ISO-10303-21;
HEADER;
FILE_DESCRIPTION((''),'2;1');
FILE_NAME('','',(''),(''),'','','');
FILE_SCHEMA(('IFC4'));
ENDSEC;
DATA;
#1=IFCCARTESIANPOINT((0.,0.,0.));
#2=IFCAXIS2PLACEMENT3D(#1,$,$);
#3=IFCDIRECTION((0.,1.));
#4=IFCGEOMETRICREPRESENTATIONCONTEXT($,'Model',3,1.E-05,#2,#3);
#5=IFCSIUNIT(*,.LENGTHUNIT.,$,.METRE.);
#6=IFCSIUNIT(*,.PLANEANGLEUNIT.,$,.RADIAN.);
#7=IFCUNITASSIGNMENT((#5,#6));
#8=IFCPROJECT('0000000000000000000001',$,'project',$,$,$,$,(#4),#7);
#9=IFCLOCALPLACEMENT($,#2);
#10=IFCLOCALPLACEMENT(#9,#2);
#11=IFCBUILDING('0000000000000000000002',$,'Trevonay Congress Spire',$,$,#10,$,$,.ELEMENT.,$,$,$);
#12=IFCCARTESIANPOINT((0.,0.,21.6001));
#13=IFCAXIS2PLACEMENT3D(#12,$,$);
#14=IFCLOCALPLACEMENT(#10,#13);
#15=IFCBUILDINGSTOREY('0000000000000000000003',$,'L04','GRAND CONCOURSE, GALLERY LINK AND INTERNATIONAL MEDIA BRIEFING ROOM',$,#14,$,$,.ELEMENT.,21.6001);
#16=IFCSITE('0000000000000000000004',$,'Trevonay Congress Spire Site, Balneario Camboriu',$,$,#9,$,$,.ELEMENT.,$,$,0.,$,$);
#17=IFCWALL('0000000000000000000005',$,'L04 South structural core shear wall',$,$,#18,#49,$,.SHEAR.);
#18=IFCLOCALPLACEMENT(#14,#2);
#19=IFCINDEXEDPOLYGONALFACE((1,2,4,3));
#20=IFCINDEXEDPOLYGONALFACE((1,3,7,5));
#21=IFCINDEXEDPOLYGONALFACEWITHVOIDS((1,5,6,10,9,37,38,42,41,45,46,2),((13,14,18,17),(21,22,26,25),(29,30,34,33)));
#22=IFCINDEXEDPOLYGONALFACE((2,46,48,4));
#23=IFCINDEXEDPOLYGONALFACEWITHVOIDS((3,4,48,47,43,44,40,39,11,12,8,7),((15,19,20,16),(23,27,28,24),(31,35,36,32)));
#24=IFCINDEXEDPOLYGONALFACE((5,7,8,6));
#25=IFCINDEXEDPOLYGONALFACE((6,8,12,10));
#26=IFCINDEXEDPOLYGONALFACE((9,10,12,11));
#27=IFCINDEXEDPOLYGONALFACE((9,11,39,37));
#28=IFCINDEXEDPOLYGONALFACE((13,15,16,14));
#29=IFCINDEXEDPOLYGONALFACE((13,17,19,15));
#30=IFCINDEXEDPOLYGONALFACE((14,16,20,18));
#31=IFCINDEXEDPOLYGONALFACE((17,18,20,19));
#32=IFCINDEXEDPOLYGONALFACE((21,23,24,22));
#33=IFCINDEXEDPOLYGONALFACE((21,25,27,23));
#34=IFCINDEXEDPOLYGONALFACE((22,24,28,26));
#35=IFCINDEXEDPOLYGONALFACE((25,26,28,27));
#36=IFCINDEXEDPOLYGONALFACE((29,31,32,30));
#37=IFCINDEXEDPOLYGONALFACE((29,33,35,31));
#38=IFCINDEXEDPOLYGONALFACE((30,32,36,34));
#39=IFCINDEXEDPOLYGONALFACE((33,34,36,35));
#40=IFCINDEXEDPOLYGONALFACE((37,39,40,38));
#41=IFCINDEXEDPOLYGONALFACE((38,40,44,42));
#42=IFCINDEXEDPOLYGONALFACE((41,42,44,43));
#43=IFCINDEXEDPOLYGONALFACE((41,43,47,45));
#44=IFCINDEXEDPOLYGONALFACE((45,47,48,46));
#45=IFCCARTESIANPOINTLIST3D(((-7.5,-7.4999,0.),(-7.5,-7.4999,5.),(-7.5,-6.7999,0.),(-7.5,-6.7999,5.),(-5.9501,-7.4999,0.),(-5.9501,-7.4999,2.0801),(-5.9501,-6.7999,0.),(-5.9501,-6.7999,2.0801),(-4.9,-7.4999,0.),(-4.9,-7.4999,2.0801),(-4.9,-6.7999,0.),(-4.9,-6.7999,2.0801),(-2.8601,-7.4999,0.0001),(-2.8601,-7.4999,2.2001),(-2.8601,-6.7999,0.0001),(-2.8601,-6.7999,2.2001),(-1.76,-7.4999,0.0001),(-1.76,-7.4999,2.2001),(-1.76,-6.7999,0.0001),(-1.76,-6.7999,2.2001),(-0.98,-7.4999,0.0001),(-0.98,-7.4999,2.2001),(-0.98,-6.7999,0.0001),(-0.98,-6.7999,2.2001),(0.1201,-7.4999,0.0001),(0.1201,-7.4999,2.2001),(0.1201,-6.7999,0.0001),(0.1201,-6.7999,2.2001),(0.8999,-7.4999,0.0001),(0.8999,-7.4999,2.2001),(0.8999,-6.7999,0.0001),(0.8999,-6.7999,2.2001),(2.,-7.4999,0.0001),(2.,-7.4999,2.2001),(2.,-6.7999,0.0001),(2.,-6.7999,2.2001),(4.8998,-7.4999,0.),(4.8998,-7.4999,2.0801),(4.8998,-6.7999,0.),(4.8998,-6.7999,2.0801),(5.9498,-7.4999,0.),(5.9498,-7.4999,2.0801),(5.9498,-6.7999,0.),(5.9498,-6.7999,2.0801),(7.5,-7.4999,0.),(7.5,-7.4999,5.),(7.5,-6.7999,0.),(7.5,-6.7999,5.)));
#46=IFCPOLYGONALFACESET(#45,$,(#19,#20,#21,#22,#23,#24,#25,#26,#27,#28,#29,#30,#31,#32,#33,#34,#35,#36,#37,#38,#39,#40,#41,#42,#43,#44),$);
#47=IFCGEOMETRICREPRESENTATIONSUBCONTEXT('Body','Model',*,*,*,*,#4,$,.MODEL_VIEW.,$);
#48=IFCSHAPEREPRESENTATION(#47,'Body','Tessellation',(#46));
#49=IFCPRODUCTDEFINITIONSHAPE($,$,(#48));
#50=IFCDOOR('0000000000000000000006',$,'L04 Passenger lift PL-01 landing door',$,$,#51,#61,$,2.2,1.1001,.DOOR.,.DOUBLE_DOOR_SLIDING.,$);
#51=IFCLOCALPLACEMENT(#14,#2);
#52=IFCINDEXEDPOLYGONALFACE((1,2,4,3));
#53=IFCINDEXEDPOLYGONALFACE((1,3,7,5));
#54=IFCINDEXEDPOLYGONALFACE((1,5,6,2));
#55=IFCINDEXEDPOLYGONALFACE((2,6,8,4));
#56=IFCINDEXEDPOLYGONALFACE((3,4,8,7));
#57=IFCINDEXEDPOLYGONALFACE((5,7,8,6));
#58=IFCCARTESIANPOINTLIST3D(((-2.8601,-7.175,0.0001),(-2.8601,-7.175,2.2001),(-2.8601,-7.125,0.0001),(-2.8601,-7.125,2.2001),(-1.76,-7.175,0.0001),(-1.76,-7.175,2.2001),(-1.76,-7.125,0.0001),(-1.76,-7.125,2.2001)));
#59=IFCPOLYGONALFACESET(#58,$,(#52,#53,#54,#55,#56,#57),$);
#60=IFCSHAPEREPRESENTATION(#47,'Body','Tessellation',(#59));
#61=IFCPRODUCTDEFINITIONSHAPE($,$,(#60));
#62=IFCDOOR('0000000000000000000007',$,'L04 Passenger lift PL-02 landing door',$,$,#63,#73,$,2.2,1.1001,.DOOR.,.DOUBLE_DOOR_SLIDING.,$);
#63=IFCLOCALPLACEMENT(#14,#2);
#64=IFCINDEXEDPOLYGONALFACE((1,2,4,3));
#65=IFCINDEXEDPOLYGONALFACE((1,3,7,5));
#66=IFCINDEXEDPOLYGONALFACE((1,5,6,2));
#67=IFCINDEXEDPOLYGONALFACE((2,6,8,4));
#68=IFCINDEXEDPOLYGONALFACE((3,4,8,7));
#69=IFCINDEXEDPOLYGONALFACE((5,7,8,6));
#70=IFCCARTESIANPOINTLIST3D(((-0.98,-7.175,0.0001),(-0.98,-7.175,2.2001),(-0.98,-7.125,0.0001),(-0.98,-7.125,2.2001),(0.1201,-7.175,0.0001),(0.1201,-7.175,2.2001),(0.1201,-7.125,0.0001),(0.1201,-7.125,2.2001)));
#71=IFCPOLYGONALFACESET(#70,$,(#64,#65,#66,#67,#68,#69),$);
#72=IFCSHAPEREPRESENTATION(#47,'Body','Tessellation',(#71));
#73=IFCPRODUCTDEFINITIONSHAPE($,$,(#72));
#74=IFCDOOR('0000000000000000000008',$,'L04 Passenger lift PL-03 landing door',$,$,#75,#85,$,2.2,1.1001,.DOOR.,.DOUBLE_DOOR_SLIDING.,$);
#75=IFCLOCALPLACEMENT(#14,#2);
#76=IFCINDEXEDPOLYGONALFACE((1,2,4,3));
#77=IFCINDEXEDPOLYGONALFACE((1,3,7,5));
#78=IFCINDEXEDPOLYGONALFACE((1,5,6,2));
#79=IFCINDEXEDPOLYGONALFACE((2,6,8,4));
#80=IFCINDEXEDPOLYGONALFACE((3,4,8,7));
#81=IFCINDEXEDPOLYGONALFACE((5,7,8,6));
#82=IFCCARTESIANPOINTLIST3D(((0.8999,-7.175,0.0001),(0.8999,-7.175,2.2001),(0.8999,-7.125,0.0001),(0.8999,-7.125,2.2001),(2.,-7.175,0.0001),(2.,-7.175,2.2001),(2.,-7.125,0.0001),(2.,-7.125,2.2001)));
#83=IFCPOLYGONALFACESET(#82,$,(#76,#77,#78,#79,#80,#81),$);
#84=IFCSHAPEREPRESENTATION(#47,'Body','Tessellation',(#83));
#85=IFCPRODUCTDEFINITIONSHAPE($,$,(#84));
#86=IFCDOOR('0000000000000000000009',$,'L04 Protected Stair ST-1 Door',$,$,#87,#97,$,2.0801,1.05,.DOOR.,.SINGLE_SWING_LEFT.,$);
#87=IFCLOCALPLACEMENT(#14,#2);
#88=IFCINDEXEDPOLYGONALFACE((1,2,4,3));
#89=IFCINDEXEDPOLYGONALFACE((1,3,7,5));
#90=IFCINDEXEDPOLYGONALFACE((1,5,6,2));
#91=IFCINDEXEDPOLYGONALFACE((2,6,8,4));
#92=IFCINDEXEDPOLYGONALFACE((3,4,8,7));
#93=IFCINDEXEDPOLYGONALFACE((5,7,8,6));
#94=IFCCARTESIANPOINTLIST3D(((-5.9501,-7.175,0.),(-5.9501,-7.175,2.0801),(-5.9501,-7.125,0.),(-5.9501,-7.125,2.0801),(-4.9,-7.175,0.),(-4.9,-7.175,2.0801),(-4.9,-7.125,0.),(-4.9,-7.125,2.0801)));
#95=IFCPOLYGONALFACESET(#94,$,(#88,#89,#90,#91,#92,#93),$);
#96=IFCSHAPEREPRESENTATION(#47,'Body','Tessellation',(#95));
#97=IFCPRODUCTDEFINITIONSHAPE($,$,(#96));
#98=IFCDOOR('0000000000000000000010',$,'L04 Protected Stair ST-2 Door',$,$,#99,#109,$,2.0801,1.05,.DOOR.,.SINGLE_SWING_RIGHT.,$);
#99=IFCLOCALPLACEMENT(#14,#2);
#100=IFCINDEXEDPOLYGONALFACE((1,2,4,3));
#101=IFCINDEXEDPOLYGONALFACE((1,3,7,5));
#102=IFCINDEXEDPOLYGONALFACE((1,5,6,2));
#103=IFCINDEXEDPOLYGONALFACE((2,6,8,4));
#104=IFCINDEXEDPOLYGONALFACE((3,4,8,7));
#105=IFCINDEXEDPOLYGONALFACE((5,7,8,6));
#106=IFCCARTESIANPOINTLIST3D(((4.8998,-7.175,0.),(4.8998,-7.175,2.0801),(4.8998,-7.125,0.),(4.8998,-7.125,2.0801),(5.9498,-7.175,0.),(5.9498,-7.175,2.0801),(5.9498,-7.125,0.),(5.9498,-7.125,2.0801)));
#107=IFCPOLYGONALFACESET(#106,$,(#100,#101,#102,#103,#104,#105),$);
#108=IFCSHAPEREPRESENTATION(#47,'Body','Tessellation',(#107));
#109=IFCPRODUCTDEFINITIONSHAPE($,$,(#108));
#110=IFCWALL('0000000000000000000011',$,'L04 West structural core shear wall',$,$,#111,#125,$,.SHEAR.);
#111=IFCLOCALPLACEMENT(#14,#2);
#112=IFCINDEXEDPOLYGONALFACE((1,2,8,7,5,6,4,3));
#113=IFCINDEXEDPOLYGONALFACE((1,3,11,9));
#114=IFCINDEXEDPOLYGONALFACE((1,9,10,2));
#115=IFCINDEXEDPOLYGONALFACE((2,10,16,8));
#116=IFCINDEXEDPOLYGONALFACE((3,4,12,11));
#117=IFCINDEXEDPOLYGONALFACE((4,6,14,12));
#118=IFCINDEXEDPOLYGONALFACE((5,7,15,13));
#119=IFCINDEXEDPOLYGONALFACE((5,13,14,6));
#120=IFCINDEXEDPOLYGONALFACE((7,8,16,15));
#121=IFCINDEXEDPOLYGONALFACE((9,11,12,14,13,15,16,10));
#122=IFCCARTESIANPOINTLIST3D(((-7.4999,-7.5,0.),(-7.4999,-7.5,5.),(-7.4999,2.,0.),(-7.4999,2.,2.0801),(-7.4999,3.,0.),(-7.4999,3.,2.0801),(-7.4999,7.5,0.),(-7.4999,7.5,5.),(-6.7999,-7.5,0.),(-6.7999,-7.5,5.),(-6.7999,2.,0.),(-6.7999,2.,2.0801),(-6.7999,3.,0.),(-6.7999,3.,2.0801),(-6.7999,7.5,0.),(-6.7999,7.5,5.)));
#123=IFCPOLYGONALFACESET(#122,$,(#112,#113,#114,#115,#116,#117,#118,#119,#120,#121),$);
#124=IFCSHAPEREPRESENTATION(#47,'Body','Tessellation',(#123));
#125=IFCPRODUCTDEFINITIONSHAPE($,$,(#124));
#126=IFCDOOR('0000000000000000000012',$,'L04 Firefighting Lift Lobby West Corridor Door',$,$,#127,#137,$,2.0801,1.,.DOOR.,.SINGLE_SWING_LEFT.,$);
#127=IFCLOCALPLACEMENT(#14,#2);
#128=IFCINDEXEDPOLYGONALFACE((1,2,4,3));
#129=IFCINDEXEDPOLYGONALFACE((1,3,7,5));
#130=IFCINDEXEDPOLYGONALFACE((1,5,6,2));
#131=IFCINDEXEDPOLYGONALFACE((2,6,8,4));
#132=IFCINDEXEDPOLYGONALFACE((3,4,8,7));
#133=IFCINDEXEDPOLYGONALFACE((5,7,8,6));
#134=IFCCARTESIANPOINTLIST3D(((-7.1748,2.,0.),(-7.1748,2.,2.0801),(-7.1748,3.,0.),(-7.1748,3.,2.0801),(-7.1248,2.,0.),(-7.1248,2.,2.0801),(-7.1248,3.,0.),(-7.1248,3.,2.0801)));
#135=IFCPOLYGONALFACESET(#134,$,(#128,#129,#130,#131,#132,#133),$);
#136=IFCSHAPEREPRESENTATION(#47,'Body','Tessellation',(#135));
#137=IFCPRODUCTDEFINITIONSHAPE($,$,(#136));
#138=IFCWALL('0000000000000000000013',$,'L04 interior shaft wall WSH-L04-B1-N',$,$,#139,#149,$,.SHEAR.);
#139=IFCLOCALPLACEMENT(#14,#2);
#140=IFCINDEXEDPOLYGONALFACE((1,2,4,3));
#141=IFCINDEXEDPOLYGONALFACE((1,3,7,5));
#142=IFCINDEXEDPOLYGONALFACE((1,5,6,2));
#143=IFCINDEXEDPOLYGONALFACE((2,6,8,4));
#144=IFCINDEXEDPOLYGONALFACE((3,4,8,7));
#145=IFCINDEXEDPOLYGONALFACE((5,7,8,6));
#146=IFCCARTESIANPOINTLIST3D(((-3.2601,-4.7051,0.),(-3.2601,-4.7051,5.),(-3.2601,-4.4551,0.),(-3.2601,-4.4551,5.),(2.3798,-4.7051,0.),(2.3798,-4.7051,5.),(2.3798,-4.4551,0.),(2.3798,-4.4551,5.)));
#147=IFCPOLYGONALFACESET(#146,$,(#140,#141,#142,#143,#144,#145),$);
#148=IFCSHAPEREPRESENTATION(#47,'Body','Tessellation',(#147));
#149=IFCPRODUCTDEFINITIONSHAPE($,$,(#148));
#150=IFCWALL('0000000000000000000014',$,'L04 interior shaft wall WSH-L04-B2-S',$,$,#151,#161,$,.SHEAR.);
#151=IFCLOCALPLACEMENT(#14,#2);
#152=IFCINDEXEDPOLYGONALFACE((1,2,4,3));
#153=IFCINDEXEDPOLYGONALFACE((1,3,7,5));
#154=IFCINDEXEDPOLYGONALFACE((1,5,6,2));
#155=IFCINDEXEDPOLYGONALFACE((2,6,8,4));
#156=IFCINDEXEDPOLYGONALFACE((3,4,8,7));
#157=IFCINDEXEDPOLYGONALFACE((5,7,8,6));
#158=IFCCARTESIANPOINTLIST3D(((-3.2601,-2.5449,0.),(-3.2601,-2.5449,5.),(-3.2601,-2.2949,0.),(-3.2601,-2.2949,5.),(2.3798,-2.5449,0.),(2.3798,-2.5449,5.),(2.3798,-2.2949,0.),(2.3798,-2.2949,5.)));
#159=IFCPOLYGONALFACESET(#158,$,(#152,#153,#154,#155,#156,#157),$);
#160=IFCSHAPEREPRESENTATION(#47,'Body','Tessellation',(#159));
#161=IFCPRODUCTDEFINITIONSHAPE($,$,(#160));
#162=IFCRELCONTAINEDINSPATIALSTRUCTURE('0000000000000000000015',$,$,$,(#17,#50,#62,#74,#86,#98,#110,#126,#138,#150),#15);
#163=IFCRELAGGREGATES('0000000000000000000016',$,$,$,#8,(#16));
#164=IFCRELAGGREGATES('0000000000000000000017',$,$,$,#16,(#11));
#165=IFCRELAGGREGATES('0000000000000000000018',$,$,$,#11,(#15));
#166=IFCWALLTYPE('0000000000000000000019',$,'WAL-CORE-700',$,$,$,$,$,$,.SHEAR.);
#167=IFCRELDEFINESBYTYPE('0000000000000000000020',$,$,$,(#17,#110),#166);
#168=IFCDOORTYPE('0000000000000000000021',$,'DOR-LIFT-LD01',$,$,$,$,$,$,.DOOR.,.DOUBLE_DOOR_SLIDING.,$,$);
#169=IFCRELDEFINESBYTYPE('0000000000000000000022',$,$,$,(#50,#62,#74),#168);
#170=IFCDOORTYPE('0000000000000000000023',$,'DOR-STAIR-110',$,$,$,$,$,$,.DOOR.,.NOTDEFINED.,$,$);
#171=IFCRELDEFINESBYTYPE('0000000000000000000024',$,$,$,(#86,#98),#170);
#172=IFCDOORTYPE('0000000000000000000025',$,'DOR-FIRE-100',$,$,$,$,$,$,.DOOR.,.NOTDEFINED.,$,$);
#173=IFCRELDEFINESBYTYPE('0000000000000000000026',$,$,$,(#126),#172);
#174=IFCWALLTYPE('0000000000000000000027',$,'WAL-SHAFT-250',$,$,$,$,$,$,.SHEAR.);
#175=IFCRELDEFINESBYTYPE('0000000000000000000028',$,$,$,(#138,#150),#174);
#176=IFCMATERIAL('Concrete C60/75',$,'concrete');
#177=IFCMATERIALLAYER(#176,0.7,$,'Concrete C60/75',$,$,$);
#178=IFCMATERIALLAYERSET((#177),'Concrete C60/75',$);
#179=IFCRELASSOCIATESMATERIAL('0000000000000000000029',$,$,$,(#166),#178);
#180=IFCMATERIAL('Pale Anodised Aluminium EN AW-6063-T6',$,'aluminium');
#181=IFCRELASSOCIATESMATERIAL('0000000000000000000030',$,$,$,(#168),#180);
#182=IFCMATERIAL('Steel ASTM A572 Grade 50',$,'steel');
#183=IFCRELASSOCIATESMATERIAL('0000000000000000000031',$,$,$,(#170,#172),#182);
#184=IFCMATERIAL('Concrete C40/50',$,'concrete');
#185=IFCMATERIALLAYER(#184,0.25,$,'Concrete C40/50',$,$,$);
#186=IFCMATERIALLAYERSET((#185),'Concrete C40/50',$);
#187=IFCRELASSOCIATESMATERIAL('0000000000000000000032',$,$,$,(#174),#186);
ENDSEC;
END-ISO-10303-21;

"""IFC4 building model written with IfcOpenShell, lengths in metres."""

from ifc_helpers import new_model, si_unit, direction, frame, frame_2d, origin, place, context, subcontext, project, spatial, rectangle, extrude, material, layer, layer_set, type_object, element, fill, save


model = new_model("IFC4")

# Units and contexts
model_context = context("Model", 3, precision=1e-05, world=origin(), true_north=direction((0.0, 1.0)))
body_context = subcontext(model_context, "Body", "Model", "MODEL_VIEW")
ifc_project = project(units=[si_unit("LENGTHUNIT", "METRE"), si_unit("PLANEANGLEUNIT", "RADIAN")], contexts=[model_context])

# Site, building, storey
site_placement = place(None, origin())
site = spatial("IfcSite", under=ifc_project, at=site_placement, Name="Trevonay Congress Spire Site, Balneario Camboriu", CompositionType="ELEMENT", RefElevation=0.0)
building_placement = place(site_placement, origin())
building = spatial("IfcBuilding", under=site, at=building_placement, Name="Trevonay Congress Spire", CompositionType="ELEMENT")
storey_placement = place(building_placement, frame((0.0, 0.0, 21.6001)))
storey = spatial("IfcBuildingStorey", under=building, at=storey_placement, Name="L04", Description="GRAND CONCOURSE, GALLERY LINK AND INTERNATIONAL MEDIA BRIEFING ROOM", CompositionType="ELEMENT", Elevation=21.6001)

# Shared definitions
ifc_material_1 = material(Name="Steel ASTM A572 Grade 50", Category="steel")

# Shared definitions
ifc_material_2 = material(Name="Concrete C40/50", Category="concrete")

# Wall, openings, doors
ifc_material_3 = material(Name="Concrete C60/75", Category="concrete")
ifc_layer_1 = layer(ifc_material_3, 0.7, Name="Concrete C60/75")
ifc_layer_set_1 = layer_set([ifc_layer_1], Name="Concrete C60/75")
wall_type_1 = type_object("IfcWallType", Name="WAL-CORE-700", PredefinedType="SHEAR", material=ifc_layer_set_1)
wall_1_placement = place(storey_placement, frame((-7.5, -7.1499, 0.0), z_axis=(0.0, 0.0, 1.0), x_axis=(1.0, 0.0, 0.0)))
wall_1 = element("IfcWall", 1, at=wall_1_placement, inside=storey, type_object=wall_type_1, Name="L04 South structural core shear wall", PredefinedType="SHEAR", context=body_context, shape_type="SweptSolid", body=[
    extrude(rectangle(XDim=15.0, YDim=0.7, at=frame_2d((7.5, 0.0))), origin(), (0.0, 0.0, 1.0), 5.0),
])
opening_1_placement = place(wall_1_placement, frame((1.55, 0.0, 0.0)))
opening_1 = element("IfcOpeningElement", 2, at=opening_1_placement, cuts=wall_1, PredefinedType="OPENING", context=body_context, shape_type="SweptSolid", body=[
    extrude(rectangle(XDim=1.05, YDim=2.0801, at=frame_2d((0.5249, 1.04))), frame((0.0, 0.3599, 0.0), z_axis=(0.0, -1.0, 0.0), x_axis=(1.0, 0.0, 0.0)), (0.0, 0.0, 1.0), 0.72),
])
opening_2_placement = place(wall_1_placement, frame((12.3999, 0.0, 0.0)))
opening_2 = element("IfcOpeningElement", 3, at=opening_2_placement, cuts=wall_1, PredefinedType="OPENING", context=body_context, shape_type="SweptSolid", body=[
    extrude(rectangle(XDim=1.05, YDim=2.0801, at=frame_2d((0.5249, 1.04))), frame((0.0, 0.3599, 0.0), z_axis=(0.0, -1.0, 0.0), x_axis=(1.0, 0.0, 0.0)), (0.0, 0.0, 1.0), 0.72),
])
opening_3_placement = place(wall_1_placement, frame((4.6399, 0.0, 0.0)))
opening_3 = element("IfcOpeningElement", 4, at=opening_3_placement, cuts=wall_1, PredefinedType="OPENING", context=body_context, shape_type="SweptSolid", body=[
    extrude(rectangle(XDim=1.1001, YDim=2.2, at=frame_2d((0.55, 1.1001))), frame((0.0, 0.3599, 0.0), z_axis=(0.0, -1.0, 0.0), x_axis=(1.0, 0.0, 0.0)), (0.0, 0.0, 1.0), 0.72),
])
opening_4_placement = place(wall_1_placement, frame((6.52, 0.0, 0.0)))
opening_4 = element("IfcOpeningElement", 5, at=opening_4_placement, cuts=wall_1, PredefinedType="OPENING", context=body_context, shape_type="SweptSolid", body=[
    extrude(rectangle(XDim=1.1001, YDim=2.2, at=frame_2d((0.55, 1.1001))), frame((0.0, 0.3599, 0.0), z_axis=(0.0, -1.0, 0.0), x_axis=(1.0, 0.0, 0.0)), (0.0, 0.0, 1.0), 0.72),
])
opening_5_placement = place(wall_1_placement, frame((8.3999, 0.0, 0.0)))
opening_5 = element("IfcOpeningElement", 6, at=opening_5_placement, cuts=wall_1, PredefinedType="OPENING", context=body_context, shape_type="SweptSolid", body=[
    extrude(rectangle(XDim=1.1001, YDim=2.2, at=frame_2d((0.55, 1.1001))), frame((0.0, 0.3599, 0.0), z_axis=(0.0, -1.0, 0.0), x_axis=(1.0, 0.0, 0.0)), (0.0, 0.0, 1.0), 0.72),
])
ifc_material_4 = material(Name="Pale Anodised Aluminium EN AW-6063-T6", Category="aluminium")
door_type_1 = type_object("IfcDoorType", Name="DOR-LIFT-LD01", OperationType="DOUBLE_DOOR_SLIDING", PredefinedType="DOOR", material=ifc_material_4)
door_1_placement = place(opening_3_placement, origin())
door_1 = element("IfcDoor", 7, at=door_1_placement, inside=storey, type_object=door_type_1, Name="L04 Passenger lift PL-01 landing door", OperationType="DOUBLE_DOOR_SLIDING", OverallHeight=2.2, OverallWidth=1.1001, PredefinedType="DOOR", context=body_context, shape_type="SweptSolid", body=[
    extrude(rectangle(XDim=1.1001, YDim=2.2, at=frame_2d((0.55, 1.1001))), frame((0.0, 0.0249, 0.0), z_axis=(0.0, -1.0, 0.0), x_axis=(1.0, 0.0, 0.0)), (0.0, 0.0, 1.0), 0.05),
])
fill(opening_3, door_1)
door_2_placement = place(opening_4_placement, origin())
door_2 = element("IfcDoor", 8, at=door_2_placement, inside=storey, type_object=door_type_1, Name="L04 Passenger lift PL-02 landing door", OperationType="DOUBLE_DOOR_SLIDING", OverallHeight=2.2, OverallWidth=1.1001, PredefinedType="DOOR", context=body_context, shape_type="SweptSolid", body=[
    extrude(rectangle(XDim=1.1001, YDim=2.2, at=frame_2d((0.55, 1.1001))), frame((0.0, 0.0249, 0.0), z_axis=(0.0, -1.0, 0.0), x_axis=(1.0, 0.0, 0.0)), (0.0, 0.0, 1.0), 0.05),
])
fill(opening_4, door_2)
door_3_placement = place(opening_5_placement, origin())
door_3 = element("IfcDoor", 9, at=door_3_placement, inside=storey, type_object=door_type_1, Name="L04 Passenger lift PL-03 landing door", OperationType="DOUBLE_DOOR_SLIDING", OverallHeight=2.2, OverallWidth=1.1001, PredefinedType="DOOR", context=body_context, shape_type="SweptSolid", body=[
    extrude(rectangle(XDim=1.1001, YDim=2.2, at=frame_2d((0.55, 1.1001))), frame((0.0, 0.0249, 0.0), z_axis=(0.0, -1.0, 0.0), x_axis=(1.0, 0.0, 0.0)), (0.0, 0.0, 1.0), 0.05),
])
fill(opening_5, door_3)
door_type_2 = type_object("IfcDoorType", Name="DOR-STAIR-110", OperationType="NOTDEFINED", PredefinedType="DOOR", material=ifc_material_1)
door_4_placement = place(opening_1_placement, origin())
door_4 = element("IfcDoor", 10, at=door_4_placement, inside=storey, type_object=door_type_2, Name="L04 Protected Stair ST-1 Door", OperationType="SINGLE_SWING_LEFT", OverallHeight=2.0801, OverallWidth=1.05, PredefinedType="DOOR", context=body_context, shape_type="SweptSolid", body=[
    extrude(rectangle(XDim=1.05, YDim=2.0801, at=frame_2d((0.5249, 1.04))), frame((0.0, 0.0249, 0.0), z_axis=(0.0, -1.0, 0.0), x_axis=(1.0, 0.0, 0.0)), (0.0, 0.0, 1.0), 0.05),
])
fill(opening_1, door_4)
door_5_placement = place(opening_2_placement, origin())
door_5 = element("IfcDoor", 11, at=door_5_placement, inside=storey, type_object=door_type_2, Name="L04 Protected Stair ST-2 Door", OperationType="SINGLE_SWING_RIGHT", OverallHeight=2.0801, OverallWidth=1.05, PredefinedType="DOOR", context=body_context, shape_type="SweptSolid", body=[
    extrude(rectangle(XDim=1.05, YDim=2.0801, at=frame_2d((0.5249, 1.04))), frame((0.0, 0.0249, 0.0), z_axis=(0.0, -1.0, 0.0), x_axis=(1.0, 0.0, 0.0)), (0.0, 0.0, 1.0), 0.05),
])
fill(opening_2, door_5)

# Wall, opening, door
wall_2_placement = place(storey_placement, frame((-7.1499, -7.5, 0.0), z_axis=(0.0, 0.0, 1.0), x_axis=(0.0, 1.0, 0.0)))
wall_2 = element("IfcWall", 12, at=wall_2_placement, inside=storey, type_object=wall_type_1, Name="L04 West structural core shear wall", PredefinedType="SHEAR", context=body_context, shape_type="SweptSolid", body=[
    extrude(rectangle(XDim=15.0, YDim=0.7, at=frame_2d((7.5, 0.0))), origin(), (0.0, 0.0, 1.0), 5.0),
])
opening_6_placement = place(wall_2_placement, frame((9.5, 0.0, 0.0)))
opening_6 = element("IfcOpeningElement", 13, at=opening_6_placement, cuts=wall_2, PredefinedType="OPENING", context=body_context, shape_type="SweptSolid", body=[
    extrude(rectangle(XDim=1.0, YDim=2.0801, at=frame_2d((0.5, 1.04))), frame((0.0, 0.3599, 0.0), z_axis=(0.0, -1.0, 0.0), x_axis=(1.0, 0.0, 0.0)), (0.0, 0.0, 1.0), 0.72),
])
door_type_3 = type_object("IfcDoorType", Name="DOR-FIRE-100", OperationType="NOTDEFINED", PredefinedType="DOOR", material=ifc_material_1)
door_6_placement = place(opening_6_placement, origin())
door_6 = element("IfcDoor", 14, at=door_6_placement, inside=storey, type_object=door_type_3, Name="L04 Firefighting Lift Lobby West Corridor Door", OperationType="SINGLE_SWING_LEFT", OverallHeight=2.0801, OverallWidth=1.0, PredefinedType="DOOR", context=body_context, shape_type="SweptSolid", body=[
    extrude(rectangle(XDim=1.0, YDim=2.0801, at=frame_2d((0.5, 1.04))), frame((0.0, 0.0249, 0.0), z_axis=(0.0, -1.0, 0.0), x_axis=(1.0, 0.0, 0.0)), (0.0, 0.0, 1.0), 0.05),
])
fill(opening_6, door_6)

# Walls
ifc_layer_2 = layer(ifc_material_2, 0.25, Name="Concrete C40/50")
ifc_layer_set_2 = layer_set([ifc_layer_2], Name="Concrete C40/50")
wall_type_2 = type_object("IfcWallType", Name="WAL-SHAFT-250", PredefinedType="SHEAR", material=ifc_layer_set_2)
for number, where, z_axis, x_axis, name in (
    (15, (-3.26, -4.5801, 0.0), (0.0, 0.0, 1.0), (1.0, 0.0, 0.0), "L04 interior shaft wall WSH-L04-B1-N"),
    (16, (-3.26, -2.4199, 0.0), (0.0, 0.0, 1.0), (1.0, 0.0, 0.0), "L04 interior shaft wall WSH-L04-B2-S"),
):
    element("IfcWall", number, at=place(storey_placement, frame(where, z_axis=z_axis, x_axis=x_axis)), inside=storey, type_object=wall_type_2, Name=name, PredefinedType="SHEAR", context=body_context, shape_type="SweptSolid", body=[
        extrude(rectangle(XDim=5.6399, YDim=0.25, at=frame_2d((2.8198, 0.0))), origin(), (0.0, 0.0, 1.0), 5.0),
    ])

save(model, "model.ifc")
